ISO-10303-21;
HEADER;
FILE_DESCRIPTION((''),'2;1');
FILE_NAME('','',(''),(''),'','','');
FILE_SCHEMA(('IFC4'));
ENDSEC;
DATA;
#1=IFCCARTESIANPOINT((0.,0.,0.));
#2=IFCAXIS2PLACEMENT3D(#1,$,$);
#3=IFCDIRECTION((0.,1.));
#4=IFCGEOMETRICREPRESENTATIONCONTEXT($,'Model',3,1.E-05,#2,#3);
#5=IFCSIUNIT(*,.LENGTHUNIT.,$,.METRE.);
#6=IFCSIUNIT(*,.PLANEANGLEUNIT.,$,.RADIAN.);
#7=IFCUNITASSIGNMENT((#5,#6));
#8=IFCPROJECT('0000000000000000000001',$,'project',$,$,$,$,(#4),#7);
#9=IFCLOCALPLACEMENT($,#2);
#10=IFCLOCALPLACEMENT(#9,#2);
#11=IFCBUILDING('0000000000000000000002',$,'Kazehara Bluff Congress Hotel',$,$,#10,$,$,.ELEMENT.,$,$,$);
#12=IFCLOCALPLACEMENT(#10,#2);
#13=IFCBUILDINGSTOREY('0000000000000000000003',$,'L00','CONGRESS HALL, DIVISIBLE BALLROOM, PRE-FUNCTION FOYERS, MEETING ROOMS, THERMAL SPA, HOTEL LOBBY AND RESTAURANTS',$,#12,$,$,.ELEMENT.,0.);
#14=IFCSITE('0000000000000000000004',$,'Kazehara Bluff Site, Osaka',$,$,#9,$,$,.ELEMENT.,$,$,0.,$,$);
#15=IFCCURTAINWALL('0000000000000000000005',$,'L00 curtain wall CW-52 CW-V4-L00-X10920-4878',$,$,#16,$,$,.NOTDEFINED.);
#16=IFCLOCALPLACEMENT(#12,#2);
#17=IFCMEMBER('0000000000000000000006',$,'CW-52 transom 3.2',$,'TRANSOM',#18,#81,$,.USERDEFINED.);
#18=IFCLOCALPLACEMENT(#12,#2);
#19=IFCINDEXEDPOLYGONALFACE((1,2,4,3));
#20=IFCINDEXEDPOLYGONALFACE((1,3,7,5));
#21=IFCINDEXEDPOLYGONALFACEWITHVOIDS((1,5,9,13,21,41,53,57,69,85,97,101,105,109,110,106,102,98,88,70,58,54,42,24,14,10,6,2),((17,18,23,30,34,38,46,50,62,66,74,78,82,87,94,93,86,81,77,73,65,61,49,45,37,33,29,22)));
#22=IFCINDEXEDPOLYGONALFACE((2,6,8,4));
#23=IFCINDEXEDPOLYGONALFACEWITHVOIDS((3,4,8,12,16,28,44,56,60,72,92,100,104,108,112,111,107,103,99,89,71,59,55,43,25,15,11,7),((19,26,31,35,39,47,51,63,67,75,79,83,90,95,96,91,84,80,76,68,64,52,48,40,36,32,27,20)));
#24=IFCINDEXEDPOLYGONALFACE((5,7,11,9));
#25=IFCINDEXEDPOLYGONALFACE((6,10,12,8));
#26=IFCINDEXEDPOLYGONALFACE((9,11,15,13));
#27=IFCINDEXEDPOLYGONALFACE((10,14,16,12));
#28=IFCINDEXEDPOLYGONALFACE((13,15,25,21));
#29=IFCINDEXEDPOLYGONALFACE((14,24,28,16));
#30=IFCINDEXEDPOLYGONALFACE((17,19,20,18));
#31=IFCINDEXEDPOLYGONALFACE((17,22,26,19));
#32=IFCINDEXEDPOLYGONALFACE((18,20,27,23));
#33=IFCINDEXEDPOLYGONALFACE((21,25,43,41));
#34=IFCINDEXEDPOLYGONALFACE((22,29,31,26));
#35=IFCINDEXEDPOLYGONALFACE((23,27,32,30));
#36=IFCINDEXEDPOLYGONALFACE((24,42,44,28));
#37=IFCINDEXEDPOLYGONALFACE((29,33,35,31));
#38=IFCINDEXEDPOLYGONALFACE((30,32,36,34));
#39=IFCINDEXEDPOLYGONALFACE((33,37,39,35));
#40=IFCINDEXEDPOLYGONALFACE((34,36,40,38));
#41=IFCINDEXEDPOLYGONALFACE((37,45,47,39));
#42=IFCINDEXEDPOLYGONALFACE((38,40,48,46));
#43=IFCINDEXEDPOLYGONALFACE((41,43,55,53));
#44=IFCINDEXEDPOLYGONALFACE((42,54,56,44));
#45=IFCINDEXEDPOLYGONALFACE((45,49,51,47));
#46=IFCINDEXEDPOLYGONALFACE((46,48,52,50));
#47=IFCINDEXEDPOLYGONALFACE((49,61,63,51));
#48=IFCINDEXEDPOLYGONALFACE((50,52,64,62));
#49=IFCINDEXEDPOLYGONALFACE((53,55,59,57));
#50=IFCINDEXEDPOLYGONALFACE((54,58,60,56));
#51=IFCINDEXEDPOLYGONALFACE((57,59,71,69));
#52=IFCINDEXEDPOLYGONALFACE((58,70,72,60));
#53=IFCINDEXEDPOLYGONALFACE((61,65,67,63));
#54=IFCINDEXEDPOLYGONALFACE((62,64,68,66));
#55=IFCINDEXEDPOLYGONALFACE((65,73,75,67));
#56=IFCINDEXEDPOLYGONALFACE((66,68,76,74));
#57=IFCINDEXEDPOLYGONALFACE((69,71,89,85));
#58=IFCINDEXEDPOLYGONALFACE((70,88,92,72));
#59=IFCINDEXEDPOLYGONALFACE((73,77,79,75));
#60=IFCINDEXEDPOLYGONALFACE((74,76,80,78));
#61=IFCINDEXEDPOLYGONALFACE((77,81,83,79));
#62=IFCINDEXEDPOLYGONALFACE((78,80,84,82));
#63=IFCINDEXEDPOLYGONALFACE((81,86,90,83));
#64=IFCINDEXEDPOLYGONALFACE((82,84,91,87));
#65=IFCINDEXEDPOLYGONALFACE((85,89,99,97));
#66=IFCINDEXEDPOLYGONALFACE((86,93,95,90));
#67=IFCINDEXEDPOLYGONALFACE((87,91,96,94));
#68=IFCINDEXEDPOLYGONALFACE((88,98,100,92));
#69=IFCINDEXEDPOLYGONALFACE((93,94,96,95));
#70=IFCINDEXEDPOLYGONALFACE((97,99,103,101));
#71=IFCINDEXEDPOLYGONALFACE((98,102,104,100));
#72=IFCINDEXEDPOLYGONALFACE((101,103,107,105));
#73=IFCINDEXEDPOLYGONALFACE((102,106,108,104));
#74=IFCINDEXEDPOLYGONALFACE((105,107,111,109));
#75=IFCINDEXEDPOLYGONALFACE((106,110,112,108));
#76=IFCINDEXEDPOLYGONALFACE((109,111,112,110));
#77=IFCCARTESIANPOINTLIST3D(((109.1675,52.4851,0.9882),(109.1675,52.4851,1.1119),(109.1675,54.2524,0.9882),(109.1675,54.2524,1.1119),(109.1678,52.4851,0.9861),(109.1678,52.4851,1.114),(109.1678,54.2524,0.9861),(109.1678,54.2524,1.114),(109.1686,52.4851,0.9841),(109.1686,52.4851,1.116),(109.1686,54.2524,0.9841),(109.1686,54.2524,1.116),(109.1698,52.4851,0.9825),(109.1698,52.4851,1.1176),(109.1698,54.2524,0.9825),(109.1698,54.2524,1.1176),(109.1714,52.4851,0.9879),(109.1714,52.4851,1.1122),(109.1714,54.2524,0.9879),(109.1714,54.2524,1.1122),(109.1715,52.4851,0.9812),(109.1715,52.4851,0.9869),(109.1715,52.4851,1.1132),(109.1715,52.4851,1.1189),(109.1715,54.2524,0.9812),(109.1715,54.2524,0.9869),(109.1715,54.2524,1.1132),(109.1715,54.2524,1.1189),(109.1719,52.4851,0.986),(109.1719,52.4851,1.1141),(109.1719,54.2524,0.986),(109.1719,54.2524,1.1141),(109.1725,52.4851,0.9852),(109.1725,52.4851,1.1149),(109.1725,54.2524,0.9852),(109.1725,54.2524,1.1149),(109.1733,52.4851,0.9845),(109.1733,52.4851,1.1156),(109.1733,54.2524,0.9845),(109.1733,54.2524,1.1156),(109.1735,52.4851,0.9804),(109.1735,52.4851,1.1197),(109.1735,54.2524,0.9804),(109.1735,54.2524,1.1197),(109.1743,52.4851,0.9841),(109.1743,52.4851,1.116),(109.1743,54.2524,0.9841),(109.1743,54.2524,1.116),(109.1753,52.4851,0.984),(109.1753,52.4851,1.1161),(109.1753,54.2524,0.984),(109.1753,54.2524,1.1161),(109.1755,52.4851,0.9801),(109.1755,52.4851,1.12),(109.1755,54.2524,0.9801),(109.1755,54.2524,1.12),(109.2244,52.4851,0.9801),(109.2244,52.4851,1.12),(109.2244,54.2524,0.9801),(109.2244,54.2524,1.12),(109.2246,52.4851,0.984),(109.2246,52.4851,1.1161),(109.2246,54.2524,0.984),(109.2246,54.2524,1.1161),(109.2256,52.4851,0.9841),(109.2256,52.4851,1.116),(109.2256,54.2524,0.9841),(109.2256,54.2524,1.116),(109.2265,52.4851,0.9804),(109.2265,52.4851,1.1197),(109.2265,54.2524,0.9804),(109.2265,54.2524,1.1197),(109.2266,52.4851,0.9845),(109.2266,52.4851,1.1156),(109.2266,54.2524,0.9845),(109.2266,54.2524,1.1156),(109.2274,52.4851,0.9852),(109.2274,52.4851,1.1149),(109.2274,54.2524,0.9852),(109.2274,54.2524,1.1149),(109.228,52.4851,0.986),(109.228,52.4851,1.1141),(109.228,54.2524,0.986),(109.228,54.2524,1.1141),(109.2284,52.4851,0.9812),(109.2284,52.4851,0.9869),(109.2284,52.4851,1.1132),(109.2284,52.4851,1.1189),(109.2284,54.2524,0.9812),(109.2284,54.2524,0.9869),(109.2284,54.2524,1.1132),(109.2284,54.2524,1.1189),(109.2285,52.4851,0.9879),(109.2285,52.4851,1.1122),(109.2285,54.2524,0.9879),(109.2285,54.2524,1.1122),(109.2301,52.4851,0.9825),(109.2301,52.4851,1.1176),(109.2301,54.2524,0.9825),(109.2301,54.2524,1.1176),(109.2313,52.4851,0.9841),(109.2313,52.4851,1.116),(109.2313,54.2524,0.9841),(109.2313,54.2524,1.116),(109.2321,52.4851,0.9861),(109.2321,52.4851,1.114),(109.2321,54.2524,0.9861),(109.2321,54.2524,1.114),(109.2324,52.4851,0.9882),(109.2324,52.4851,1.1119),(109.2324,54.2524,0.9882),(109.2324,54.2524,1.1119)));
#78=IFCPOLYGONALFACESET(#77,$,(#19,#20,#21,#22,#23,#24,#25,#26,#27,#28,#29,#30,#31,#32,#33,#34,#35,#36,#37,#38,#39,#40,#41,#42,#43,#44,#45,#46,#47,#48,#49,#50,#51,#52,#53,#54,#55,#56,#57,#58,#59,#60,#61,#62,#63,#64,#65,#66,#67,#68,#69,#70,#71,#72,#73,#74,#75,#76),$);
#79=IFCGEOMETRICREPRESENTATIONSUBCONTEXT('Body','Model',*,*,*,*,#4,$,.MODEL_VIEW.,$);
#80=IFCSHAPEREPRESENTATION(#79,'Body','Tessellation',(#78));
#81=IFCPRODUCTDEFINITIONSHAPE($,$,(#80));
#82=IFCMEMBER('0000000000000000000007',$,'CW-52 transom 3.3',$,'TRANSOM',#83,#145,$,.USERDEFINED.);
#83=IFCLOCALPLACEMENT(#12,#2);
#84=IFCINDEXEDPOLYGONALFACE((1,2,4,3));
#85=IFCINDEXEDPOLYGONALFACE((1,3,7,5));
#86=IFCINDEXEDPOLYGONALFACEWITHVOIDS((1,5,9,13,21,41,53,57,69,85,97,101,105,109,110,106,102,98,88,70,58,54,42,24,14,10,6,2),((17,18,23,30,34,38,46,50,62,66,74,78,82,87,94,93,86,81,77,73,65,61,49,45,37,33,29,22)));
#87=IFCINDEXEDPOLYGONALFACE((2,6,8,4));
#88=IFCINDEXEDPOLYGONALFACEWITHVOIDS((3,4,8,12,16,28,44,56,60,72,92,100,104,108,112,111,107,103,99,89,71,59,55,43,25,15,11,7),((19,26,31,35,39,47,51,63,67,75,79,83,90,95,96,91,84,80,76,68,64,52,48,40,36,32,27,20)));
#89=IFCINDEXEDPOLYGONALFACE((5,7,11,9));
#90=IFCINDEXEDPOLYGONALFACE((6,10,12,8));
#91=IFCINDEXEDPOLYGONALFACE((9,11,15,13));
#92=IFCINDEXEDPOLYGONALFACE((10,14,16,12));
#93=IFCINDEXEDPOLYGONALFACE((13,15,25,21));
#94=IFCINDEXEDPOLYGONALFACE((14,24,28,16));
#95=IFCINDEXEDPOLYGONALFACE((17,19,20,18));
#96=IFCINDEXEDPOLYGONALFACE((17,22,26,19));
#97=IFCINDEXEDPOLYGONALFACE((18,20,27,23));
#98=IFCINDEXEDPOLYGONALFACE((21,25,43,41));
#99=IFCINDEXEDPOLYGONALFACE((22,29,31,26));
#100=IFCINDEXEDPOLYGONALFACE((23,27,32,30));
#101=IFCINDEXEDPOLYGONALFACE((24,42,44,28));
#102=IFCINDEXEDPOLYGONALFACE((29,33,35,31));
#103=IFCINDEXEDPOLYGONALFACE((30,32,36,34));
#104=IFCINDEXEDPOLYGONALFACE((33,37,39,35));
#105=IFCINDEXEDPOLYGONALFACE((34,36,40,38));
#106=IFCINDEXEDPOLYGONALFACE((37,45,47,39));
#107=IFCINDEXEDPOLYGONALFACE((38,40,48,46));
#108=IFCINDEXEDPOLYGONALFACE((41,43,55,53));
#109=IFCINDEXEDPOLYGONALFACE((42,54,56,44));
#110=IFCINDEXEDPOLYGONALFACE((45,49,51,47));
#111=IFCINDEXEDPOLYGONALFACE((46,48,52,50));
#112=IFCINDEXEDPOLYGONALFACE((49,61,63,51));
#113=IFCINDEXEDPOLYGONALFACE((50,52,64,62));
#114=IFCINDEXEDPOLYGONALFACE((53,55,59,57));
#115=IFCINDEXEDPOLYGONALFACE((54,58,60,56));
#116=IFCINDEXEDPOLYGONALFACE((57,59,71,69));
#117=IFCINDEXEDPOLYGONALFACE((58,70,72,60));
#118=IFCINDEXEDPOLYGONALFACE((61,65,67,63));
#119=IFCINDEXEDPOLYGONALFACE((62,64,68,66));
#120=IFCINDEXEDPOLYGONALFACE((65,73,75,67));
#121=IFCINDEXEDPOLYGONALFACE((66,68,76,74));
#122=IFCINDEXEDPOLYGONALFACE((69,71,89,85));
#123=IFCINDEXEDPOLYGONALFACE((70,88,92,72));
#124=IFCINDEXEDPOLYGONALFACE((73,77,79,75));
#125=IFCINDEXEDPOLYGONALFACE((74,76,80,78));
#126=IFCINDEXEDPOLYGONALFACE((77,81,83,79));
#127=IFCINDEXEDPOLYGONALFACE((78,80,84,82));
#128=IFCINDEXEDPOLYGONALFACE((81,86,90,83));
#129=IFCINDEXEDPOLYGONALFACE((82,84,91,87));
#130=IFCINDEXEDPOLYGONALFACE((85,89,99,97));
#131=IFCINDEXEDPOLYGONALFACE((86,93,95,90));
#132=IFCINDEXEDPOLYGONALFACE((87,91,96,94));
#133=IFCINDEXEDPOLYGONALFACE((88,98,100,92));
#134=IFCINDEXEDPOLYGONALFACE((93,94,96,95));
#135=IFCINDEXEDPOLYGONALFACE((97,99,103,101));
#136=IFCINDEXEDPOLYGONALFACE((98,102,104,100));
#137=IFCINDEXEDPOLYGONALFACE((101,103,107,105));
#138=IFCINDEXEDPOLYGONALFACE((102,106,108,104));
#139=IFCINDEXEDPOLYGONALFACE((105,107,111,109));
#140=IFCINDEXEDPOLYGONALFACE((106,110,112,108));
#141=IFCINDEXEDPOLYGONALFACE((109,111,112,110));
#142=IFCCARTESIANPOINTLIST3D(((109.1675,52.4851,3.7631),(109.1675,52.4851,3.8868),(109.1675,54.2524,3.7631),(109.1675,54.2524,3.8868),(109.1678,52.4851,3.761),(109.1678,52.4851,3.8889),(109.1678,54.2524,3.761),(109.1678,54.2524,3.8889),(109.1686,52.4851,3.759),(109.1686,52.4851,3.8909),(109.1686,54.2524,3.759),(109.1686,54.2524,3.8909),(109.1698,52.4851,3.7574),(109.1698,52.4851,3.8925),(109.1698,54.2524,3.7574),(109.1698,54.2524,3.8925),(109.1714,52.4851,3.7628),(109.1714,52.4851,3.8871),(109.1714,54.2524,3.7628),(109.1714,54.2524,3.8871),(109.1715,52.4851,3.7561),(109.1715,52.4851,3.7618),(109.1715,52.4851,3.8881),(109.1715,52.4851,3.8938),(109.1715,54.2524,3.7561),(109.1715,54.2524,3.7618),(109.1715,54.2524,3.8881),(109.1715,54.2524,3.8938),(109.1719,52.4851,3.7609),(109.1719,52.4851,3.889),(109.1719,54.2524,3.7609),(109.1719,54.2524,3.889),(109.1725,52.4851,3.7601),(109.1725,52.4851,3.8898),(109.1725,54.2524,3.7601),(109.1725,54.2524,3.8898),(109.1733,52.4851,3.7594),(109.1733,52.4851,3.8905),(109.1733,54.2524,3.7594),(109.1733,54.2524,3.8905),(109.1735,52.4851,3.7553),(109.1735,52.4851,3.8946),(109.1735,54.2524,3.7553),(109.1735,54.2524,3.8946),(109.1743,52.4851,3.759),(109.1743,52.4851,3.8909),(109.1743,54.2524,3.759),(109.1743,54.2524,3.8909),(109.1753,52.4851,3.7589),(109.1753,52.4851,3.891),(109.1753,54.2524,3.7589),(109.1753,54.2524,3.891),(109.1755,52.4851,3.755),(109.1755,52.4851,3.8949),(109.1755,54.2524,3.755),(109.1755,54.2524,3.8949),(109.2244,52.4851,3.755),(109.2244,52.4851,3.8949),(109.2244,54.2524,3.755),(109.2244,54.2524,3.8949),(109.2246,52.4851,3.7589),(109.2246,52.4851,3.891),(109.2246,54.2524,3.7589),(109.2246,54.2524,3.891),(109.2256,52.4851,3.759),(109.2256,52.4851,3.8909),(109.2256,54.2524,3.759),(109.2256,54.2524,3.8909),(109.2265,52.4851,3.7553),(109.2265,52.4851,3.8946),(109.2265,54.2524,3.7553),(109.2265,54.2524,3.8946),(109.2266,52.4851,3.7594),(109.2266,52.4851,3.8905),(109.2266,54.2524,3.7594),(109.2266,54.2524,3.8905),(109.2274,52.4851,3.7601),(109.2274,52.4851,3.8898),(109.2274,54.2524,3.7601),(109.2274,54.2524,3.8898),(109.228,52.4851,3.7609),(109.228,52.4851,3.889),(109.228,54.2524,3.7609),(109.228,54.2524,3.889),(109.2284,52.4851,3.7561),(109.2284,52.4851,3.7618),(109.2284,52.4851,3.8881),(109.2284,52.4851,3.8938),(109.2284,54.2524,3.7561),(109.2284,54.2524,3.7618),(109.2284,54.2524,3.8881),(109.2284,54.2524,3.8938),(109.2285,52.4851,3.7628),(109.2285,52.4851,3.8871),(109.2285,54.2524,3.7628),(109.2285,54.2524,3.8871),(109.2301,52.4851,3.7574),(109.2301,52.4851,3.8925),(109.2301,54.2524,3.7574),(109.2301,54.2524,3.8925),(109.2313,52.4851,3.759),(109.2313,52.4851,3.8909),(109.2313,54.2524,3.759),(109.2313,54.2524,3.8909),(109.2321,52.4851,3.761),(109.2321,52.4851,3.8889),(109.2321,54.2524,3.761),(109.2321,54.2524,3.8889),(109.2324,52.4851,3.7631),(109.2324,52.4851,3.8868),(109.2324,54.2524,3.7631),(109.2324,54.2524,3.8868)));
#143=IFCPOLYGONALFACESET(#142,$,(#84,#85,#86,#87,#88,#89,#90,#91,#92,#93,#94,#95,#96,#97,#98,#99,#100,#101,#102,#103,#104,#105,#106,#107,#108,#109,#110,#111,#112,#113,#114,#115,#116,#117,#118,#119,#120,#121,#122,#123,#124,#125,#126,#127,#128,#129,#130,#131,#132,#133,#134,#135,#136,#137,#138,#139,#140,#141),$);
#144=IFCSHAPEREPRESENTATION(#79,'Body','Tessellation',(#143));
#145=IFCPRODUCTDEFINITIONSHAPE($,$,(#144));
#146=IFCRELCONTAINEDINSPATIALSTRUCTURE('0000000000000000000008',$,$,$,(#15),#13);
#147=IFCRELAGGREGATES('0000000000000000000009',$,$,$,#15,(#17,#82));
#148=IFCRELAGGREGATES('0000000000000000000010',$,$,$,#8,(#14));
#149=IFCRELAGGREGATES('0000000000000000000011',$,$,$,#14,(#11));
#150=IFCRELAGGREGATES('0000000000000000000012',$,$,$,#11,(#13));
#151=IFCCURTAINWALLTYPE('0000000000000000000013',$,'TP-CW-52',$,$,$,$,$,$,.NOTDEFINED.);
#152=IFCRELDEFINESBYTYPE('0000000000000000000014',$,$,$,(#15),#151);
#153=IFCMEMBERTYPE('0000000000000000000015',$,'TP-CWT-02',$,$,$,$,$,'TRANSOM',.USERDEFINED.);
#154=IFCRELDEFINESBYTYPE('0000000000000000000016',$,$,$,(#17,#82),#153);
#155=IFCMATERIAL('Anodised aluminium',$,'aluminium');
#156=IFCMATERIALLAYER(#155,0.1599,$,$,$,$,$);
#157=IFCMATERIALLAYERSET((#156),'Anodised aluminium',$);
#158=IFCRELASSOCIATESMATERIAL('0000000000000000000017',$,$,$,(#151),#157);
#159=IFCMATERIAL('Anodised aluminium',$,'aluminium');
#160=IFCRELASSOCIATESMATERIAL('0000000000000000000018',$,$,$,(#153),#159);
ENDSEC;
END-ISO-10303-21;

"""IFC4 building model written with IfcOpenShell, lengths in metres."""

from ifc_helpers import new_model, si_unit, direction, frame, origin, origin_2d, place, context, subcontext, project, spatial, hollow_rectangle, extrude, material, layer, layer_set, material_profile, profile_set, type_object, element, aggregate, save


model = new_model("IFC4")

# Units and contexts
model_context = context("Model", 3, precision=1e-05, world=origin(), true_north=direction((0.0, 1.0)))
body_context = subcontext(model_context, "Body", "Model", "MODEL_VIEW")
ifc_project = project(units=[si_unit("LENGTHUNIT", "METRE"), si_unit("PLANEANGLEUNIT", "RADIAN")], contexts=[model_context])

# Site, building, storey
site_placement = place(None, origin())
site = spatial("IfcSite", under=ifc_project, at=site_placement, Name="Kazehara Bluff Site, Osaka", CompositionType="ELEMENT", RefElevation=0.0)
building_placement = place(site_placement, origin())
building = spatial("IfcBuilding", under=site, at=building_placement, Name="Kazehara Bluff Congress Hotel", CompositionType="ELEMENT")
storey_placement = place(building_placement, origin())
storey = spatial("IfcBuildingStorey", under=building, at=storey_placement, Name="L00", Description="CONGRESS HALL, DIVISIBLE BALLROOM, PRE-FUNCTION FOYERS, MEETING ROOMS, THERMAL SPA, HOTEL LOBBY AND RESTAURANTS", CompositionType="ELEMENT", Elevation=0.0)

# Curtain wall
ifc_material_1 = material(Name="Anodised aluminium", Category="aluminium")
ifc_layer_1 = layer(ifc_material_1, 0.1599)
ifc_layer_set_1 = layer_set([ifc_layer_1], Name="Anodised aluminium")
curtain_wall_type_1 = type_object("IfcCurtainWallType", Name="TP-CW-52", PredefinedType="NOTDEFINED", material=ifc_layer_set_1)
curtain_wall_1_placement = place(storey_placement, origin())
curtain_wall_1 = element("IfcCurtainWall", 1, at=curtain_wall_1_placement, inside=storey, type_object=curtain_wall_type_1, Name="L00 curtain wall CW-52 CW-V4-L00-X10920-4878", PredefinedType="NOTDEFINED")

# Members
ifc_material_2 = material(Name="Anodised aluminium", Category="aluminium")
ifc_material_profile_1 = material_profile(ifc_material_2, hollow_rectangle(XDim=0.0649, YDim=0.1399, WallThickness=0.0039, InnerFilletRadius=0.0039, OuterFilletRadius=0.0081, at=origin_2d()))
ifc_profile_set_1 = profile_set([ifc_material_profile_1], Name="Anodised aluminium")
member_type_1 = type_object("IfcMemberType", Name="TP-CWT-02", ElementType="TRANSOM", PredefinedType="USERDEFINED", material=ifc_profile_set_1)
member_1_placement = place(storey_placement, frame((109.2, 52.4851, 1.05), z_axis=(0.0, 1.0, 0.0), x_axis=(-1.0, 0.0, 0.0)))
member_1 = element("IfcMember", 2, at=member_1_placement, type_object=member_type_1, Name="CW-52 transom 3.2", ObjectType="TRANSOM", PredefinedType="USERDEFINED", context=body_context, shape_type="SweptSolid", body=[
    extrude(hollow_rectangle(XDim=0.0649, YDim=0.1399, WallThickness=0.0039, InnerFilletRadius=0.0039, OuterFilletRadius=0.0081, at=origin_2d()), origin(), (0.0, 0.0, 1.0), 1.7673),
])
member_2_placement = place(storey_placement, frame((109.2, 52.4851, 3.825), z_axis=(0.0, 1.0, 0.0), x_axis=(-1.0, 0.0, 0.0)))
member_2 = element("IfcMember", 3, at=member_2_placement, type_object=member_type_1, Name="CW-52 transom 3.3", ObjectType="TRANSOM", PredefinedType="USERDEFINED", context=body_context, shape_type="SweptSolid", body=[
    extrude(hollow_rectangle(XDim=0.0649, YDim=0.1399, WallThickness=0.0039, InnerFilletRadius=0.0039, OuterFilletRadius=0.0081, at=origin_2d()), origin(), (0.0, 0.0, 1.0), 1.7673),
])
aggregate(curtain_wall_1, [member_1, member_2])

save(model, "model.ifc")
